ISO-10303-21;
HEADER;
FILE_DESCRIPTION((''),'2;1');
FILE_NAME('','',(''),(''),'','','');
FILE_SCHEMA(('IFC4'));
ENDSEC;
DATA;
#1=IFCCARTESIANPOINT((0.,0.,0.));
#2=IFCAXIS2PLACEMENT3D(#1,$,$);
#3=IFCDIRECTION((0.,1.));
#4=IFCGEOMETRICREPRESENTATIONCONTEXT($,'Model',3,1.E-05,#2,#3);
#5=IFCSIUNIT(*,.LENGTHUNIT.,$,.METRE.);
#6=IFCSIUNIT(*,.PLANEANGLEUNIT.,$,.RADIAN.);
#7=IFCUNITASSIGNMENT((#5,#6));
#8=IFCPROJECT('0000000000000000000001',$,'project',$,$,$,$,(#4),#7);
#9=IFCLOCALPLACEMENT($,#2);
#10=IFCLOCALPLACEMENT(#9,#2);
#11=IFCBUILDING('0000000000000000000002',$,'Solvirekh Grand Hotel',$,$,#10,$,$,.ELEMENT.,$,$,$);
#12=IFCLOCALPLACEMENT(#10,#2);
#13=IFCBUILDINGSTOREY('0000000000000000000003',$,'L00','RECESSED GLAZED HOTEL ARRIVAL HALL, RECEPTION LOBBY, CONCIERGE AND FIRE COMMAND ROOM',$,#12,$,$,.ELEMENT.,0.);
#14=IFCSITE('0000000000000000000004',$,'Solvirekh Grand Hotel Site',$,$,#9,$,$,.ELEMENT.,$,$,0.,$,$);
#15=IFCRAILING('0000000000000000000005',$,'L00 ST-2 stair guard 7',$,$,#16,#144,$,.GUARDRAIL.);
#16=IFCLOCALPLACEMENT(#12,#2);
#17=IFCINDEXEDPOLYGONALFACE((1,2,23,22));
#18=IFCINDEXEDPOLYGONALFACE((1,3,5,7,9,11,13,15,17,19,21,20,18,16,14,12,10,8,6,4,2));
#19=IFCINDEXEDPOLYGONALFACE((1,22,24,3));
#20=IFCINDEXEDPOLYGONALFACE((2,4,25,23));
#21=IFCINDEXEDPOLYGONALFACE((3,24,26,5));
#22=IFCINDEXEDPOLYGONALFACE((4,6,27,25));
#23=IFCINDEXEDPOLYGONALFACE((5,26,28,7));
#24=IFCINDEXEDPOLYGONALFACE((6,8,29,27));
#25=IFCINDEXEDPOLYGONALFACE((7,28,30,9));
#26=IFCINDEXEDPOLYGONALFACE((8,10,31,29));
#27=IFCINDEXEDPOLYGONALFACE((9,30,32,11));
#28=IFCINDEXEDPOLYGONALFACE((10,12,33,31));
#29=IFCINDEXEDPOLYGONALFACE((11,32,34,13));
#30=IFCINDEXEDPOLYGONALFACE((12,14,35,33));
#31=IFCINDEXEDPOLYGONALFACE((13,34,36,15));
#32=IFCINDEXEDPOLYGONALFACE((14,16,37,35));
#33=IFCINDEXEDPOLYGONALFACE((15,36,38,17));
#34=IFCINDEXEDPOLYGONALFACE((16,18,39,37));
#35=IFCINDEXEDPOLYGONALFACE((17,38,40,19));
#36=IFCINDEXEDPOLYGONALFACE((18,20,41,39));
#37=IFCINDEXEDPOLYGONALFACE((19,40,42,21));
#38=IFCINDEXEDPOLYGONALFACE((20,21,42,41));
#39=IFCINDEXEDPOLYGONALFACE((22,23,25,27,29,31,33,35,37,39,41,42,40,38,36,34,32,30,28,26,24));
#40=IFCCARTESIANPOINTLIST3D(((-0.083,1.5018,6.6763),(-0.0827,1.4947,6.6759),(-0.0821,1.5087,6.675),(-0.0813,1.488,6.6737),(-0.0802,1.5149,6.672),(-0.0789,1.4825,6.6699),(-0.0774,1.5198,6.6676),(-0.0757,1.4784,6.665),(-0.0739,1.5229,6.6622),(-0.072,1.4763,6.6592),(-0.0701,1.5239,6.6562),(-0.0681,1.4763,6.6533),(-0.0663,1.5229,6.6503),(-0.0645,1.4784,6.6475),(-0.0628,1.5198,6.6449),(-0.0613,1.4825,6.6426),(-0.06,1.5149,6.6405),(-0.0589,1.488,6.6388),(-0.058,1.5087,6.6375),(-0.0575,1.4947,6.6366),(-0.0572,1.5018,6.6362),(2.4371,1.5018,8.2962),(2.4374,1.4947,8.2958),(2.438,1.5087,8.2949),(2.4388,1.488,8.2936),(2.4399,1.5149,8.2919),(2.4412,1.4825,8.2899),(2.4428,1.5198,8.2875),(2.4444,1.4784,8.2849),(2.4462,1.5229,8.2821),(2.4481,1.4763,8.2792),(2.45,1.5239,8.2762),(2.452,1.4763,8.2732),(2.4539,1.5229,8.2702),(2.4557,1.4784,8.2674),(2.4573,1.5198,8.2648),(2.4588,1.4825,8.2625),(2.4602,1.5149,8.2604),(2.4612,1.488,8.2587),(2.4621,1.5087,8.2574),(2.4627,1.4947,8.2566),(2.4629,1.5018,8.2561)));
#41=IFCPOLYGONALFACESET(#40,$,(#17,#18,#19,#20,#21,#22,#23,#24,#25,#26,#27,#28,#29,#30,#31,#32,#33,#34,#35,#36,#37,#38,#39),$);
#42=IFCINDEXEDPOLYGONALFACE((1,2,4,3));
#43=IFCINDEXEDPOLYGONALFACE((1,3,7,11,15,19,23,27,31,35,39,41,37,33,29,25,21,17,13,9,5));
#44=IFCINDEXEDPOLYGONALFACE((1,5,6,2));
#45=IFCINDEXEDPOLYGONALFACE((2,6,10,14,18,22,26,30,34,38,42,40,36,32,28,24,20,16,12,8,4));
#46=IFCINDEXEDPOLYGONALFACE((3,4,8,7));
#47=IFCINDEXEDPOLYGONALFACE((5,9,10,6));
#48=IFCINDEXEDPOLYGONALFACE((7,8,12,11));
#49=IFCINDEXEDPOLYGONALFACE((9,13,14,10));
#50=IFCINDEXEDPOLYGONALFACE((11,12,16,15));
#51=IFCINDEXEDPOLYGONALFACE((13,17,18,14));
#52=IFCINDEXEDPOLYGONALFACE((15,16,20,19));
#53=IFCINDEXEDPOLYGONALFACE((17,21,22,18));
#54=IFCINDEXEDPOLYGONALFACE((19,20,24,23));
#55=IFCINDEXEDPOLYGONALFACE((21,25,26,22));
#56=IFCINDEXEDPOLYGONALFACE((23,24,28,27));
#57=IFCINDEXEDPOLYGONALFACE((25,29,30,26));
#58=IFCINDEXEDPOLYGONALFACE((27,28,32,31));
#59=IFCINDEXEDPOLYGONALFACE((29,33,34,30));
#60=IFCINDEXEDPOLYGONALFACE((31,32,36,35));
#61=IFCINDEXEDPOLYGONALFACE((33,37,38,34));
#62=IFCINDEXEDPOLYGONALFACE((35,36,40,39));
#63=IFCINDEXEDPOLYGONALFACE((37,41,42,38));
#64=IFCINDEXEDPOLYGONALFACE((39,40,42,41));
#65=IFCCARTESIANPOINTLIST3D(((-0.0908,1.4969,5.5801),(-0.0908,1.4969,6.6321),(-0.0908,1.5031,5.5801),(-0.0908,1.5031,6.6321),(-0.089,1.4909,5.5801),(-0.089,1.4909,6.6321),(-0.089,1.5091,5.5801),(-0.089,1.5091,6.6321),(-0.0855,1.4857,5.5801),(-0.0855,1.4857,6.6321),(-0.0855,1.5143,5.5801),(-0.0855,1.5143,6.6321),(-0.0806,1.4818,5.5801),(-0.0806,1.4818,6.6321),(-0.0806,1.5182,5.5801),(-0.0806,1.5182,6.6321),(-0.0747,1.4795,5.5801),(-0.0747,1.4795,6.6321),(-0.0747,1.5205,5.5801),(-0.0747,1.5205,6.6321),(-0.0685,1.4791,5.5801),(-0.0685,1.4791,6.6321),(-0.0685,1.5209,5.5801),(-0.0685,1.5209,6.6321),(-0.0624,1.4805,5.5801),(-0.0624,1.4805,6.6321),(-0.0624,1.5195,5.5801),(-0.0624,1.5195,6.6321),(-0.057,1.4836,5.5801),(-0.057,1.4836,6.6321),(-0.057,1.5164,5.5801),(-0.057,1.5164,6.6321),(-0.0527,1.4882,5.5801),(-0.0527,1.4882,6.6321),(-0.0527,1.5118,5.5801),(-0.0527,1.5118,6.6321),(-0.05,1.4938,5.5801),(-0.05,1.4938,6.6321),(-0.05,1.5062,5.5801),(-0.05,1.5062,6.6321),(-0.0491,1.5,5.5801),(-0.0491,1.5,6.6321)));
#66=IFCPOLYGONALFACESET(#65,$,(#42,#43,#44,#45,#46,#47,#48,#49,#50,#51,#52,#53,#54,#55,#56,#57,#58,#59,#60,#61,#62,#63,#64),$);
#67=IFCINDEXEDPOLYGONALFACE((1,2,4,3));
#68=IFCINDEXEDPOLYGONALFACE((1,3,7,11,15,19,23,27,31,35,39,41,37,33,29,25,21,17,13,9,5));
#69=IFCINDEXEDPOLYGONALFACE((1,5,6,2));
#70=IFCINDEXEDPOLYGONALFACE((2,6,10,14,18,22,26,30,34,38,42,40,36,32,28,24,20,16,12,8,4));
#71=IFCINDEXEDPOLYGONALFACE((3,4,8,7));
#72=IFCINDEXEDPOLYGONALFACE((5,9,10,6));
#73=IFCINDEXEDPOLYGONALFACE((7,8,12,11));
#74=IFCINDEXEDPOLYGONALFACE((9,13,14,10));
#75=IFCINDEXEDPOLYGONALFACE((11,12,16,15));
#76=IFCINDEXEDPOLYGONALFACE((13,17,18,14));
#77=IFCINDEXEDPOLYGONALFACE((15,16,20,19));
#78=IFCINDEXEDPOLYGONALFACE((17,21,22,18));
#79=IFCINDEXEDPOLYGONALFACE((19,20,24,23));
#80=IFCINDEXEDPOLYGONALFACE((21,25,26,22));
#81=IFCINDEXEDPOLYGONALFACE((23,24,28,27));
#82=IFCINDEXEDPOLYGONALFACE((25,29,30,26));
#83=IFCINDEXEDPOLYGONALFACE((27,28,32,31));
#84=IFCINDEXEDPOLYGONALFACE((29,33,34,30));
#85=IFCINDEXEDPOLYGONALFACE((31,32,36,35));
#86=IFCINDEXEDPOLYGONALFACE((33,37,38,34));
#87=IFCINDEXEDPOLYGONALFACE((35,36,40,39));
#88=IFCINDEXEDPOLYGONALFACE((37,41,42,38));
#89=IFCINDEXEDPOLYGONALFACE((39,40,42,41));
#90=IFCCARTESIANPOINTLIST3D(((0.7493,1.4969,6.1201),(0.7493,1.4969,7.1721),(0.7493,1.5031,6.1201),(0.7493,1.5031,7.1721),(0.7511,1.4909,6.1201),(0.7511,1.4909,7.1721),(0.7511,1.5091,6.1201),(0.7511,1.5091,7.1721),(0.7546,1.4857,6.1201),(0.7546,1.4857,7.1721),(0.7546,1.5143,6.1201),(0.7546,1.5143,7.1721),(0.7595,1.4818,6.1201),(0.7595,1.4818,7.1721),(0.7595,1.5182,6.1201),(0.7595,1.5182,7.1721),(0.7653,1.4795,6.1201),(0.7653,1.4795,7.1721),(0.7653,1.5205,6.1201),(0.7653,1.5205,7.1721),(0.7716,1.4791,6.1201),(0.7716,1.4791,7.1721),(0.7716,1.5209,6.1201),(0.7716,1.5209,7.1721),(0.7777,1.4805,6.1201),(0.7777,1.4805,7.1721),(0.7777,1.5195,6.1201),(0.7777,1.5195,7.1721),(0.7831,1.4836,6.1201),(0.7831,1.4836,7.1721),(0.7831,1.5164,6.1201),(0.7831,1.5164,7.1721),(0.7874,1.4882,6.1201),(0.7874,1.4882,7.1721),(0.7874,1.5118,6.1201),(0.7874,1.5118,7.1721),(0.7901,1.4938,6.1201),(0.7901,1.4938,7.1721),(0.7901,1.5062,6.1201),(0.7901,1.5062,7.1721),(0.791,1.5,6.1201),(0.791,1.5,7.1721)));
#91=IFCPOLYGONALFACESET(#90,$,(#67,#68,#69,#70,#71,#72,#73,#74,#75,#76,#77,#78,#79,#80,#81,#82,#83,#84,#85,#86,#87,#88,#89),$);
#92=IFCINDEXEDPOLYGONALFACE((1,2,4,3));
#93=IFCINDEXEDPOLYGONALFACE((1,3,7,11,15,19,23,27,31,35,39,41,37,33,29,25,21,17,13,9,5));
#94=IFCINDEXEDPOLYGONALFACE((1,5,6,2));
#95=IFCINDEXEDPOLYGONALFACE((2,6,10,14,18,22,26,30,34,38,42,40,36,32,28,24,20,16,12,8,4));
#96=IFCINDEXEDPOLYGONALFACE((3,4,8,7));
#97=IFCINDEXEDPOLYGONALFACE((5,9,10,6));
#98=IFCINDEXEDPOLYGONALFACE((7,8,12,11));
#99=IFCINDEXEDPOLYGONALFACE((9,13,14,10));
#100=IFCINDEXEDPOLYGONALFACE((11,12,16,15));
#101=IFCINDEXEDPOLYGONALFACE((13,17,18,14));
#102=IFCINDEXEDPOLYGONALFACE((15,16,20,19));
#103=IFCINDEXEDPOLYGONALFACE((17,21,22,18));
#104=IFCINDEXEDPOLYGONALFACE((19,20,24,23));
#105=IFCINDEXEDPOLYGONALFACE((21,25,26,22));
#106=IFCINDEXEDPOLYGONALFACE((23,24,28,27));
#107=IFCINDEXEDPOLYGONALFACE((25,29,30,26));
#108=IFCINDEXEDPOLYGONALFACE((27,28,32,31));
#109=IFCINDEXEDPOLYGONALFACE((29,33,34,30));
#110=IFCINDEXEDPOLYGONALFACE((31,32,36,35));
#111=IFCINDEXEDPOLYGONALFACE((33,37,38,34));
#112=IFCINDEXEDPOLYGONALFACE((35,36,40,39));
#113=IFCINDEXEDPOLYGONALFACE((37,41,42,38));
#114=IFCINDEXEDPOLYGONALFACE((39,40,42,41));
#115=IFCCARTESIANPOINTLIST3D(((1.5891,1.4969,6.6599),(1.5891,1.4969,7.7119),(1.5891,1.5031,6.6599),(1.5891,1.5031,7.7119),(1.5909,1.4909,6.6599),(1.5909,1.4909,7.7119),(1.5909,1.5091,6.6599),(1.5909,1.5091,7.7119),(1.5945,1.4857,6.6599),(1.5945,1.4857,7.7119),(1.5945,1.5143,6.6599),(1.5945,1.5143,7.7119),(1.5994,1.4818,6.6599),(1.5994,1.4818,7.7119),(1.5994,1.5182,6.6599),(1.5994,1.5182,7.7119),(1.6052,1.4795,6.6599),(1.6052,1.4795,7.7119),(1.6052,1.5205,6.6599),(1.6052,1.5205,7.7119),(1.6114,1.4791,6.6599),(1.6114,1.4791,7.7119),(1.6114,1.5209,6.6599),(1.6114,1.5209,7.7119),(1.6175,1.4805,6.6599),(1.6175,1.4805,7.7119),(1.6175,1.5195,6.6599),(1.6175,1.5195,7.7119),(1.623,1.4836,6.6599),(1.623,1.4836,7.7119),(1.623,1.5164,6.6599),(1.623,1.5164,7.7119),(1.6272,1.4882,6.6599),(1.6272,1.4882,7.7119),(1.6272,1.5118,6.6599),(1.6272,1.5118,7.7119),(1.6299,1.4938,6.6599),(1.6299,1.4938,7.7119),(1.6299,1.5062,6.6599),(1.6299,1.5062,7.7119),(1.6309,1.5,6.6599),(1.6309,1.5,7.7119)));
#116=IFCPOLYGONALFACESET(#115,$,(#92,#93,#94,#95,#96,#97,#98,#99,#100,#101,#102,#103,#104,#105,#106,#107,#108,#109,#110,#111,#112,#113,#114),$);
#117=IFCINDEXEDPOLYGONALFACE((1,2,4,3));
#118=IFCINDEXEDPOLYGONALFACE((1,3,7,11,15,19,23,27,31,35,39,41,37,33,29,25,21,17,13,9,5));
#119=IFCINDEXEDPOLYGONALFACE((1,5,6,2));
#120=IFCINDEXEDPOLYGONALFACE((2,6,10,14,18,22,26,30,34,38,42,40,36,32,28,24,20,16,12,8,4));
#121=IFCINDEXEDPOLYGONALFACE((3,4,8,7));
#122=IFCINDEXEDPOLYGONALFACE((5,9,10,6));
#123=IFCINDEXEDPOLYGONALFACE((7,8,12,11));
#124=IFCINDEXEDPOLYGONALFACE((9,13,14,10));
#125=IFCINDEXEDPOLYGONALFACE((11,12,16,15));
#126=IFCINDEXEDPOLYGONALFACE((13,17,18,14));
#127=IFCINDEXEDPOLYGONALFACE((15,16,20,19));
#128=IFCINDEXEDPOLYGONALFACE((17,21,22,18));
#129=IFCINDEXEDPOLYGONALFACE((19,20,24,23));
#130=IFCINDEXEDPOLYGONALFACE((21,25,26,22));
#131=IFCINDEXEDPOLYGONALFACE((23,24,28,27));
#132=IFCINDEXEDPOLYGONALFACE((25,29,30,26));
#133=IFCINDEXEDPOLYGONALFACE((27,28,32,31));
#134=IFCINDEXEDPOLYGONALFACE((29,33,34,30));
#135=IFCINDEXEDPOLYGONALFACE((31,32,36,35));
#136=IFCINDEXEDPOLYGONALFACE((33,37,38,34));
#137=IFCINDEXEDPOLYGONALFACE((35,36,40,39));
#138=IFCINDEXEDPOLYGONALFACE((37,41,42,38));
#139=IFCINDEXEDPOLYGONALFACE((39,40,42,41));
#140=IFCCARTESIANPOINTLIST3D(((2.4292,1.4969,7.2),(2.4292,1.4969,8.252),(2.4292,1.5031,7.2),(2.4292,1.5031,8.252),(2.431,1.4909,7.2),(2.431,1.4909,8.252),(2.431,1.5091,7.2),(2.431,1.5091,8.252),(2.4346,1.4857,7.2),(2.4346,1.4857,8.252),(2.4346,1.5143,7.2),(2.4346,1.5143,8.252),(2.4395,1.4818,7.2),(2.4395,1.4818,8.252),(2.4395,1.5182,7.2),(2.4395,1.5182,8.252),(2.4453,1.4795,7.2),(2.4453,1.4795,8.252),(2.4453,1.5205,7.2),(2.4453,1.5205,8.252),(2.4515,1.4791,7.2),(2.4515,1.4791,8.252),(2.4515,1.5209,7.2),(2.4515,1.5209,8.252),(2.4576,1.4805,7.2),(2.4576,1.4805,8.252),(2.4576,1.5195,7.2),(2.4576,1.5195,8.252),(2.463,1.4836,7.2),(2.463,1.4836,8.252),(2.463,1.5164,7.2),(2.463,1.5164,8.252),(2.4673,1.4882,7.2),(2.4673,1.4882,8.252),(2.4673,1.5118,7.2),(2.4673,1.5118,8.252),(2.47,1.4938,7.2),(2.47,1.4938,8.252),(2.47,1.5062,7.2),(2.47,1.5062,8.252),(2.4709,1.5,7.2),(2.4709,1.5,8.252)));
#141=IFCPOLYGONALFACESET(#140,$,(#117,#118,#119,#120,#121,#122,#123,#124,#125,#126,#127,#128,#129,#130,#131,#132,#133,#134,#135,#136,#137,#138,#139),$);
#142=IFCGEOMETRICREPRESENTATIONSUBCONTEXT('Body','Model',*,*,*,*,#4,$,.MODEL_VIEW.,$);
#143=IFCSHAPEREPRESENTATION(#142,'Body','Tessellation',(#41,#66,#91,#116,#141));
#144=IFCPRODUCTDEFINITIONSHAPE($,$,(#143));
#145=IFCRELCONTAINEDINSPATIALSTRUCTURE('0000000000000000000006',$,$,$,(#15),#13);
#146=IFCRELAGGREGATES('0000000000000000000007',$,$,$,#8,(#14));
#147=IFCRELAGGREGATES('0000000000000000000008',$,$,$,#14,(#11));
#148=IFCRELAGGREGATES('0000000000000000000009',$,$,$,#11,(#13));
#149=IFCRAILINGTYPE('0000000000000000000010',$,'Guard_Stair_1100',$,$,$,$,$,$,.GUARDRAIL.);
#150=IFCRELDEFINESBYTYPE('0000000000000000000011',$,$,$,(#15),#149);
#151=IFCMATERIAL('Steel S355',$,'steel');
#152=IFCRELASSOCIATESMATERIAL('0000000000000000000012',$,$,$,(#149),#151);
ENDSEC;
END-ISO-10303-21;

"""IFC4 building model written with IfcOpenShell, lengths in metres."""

from ifc_helpers import new_model, si_unit, direction, frame, origin, origin_2d, place, context, subcontext, project, spatial, circle, extrude, material, type_object, element, save


model = new_model("IFC4")

# Units and contexts
model_context = context("Model", 3, precision=1e-05, world=origin(), true_north=direction((0.0, 1.0)))
body_context = subcontext(model_context, "Body", "Model", "MODEL_VIEW")
ifc_project = project(units=[si_unit("LENGTHUNIT", "METRE"), si_unit("PLANEANGLEUNIT", "RADIAN")], contexts=[model_context])

# Site, building, storey
site_placement = place(None, origin())
site = spatial("IfcSite", under=ifc_project, at=site_placement, Name="Solvirekh Grand Hotel Site", CompositionType="ELEMENT", RefElevation=0.0)
building_placement = place(site_placement, origin())
building = spatial("IfcBuilding", under=site, at=building_placement, Name="Solvirekh Grand Hotel", CompositionType="ELEMENT")
storey_placement = place(building_placement, origin())
storey = spatial("IfcBuildingStorey", under=building, at=storey_placement, Name="L00", Description="RECESSED GLAZED HOTEL ARRIVAL HALL, RECEPTION LOBBY, CONCIERGE AND FIRE COMMAND ROOM", CompositionType="ELEMENT", Elevation=0.0)

# Railing
ifc_material_1 = material(Name="Steel S355", Category="steel")
railing_type_1 = type_object("IfcRailingType", Name="Guard_Stair_1100", PredefinedType="GUARDRAIL", material=ifc_material_1)
railing_1_placement = place(storey_placement, frame((-0.0701, 1.5, 5.5801)))
element("IfcRailing", 1, at=railing_1_placement, inside=storey, type_object=railing_type_1, Name="L00 ST-2 stair guard 7", PredefinedType="GUARDRAIL", context=body_context, shape_type="SweptSolid", body=[
    extrude(circle(Radius=0.0239, at=origin_2d()), frame((0.0, 0.0, 1.0762), z_axis=(0.8412, 0.0, 0.540725), x_axis=(0.0, 1.0, 0.0)), (0.0, 0.0, 1.0), 2.9958),
    extrude(circle(Radius=0.021, at=origin_2d()), origin(), (0.0, 0.0, 1.0), 1.052),
    extrude(circle(Radius=0.021, at=origin_2d()), frame((0.8401, 0.0, 0.54)), (0.0, 0.0, 1.0), 1.052),
    extrude(circle(Radius=0.021, at=origin_2d()), frame((1.6799, 0.0, 1.0798)), (0.0, 0.0, 1.0), 1.052),
    extrude(circle(Radius=0.021, at=origin_2d()), frame((2.52, 0.0, 1.6199)), (0.0, 0.0, 1.0), 1.052),
])

save(model, "model.ifc")
